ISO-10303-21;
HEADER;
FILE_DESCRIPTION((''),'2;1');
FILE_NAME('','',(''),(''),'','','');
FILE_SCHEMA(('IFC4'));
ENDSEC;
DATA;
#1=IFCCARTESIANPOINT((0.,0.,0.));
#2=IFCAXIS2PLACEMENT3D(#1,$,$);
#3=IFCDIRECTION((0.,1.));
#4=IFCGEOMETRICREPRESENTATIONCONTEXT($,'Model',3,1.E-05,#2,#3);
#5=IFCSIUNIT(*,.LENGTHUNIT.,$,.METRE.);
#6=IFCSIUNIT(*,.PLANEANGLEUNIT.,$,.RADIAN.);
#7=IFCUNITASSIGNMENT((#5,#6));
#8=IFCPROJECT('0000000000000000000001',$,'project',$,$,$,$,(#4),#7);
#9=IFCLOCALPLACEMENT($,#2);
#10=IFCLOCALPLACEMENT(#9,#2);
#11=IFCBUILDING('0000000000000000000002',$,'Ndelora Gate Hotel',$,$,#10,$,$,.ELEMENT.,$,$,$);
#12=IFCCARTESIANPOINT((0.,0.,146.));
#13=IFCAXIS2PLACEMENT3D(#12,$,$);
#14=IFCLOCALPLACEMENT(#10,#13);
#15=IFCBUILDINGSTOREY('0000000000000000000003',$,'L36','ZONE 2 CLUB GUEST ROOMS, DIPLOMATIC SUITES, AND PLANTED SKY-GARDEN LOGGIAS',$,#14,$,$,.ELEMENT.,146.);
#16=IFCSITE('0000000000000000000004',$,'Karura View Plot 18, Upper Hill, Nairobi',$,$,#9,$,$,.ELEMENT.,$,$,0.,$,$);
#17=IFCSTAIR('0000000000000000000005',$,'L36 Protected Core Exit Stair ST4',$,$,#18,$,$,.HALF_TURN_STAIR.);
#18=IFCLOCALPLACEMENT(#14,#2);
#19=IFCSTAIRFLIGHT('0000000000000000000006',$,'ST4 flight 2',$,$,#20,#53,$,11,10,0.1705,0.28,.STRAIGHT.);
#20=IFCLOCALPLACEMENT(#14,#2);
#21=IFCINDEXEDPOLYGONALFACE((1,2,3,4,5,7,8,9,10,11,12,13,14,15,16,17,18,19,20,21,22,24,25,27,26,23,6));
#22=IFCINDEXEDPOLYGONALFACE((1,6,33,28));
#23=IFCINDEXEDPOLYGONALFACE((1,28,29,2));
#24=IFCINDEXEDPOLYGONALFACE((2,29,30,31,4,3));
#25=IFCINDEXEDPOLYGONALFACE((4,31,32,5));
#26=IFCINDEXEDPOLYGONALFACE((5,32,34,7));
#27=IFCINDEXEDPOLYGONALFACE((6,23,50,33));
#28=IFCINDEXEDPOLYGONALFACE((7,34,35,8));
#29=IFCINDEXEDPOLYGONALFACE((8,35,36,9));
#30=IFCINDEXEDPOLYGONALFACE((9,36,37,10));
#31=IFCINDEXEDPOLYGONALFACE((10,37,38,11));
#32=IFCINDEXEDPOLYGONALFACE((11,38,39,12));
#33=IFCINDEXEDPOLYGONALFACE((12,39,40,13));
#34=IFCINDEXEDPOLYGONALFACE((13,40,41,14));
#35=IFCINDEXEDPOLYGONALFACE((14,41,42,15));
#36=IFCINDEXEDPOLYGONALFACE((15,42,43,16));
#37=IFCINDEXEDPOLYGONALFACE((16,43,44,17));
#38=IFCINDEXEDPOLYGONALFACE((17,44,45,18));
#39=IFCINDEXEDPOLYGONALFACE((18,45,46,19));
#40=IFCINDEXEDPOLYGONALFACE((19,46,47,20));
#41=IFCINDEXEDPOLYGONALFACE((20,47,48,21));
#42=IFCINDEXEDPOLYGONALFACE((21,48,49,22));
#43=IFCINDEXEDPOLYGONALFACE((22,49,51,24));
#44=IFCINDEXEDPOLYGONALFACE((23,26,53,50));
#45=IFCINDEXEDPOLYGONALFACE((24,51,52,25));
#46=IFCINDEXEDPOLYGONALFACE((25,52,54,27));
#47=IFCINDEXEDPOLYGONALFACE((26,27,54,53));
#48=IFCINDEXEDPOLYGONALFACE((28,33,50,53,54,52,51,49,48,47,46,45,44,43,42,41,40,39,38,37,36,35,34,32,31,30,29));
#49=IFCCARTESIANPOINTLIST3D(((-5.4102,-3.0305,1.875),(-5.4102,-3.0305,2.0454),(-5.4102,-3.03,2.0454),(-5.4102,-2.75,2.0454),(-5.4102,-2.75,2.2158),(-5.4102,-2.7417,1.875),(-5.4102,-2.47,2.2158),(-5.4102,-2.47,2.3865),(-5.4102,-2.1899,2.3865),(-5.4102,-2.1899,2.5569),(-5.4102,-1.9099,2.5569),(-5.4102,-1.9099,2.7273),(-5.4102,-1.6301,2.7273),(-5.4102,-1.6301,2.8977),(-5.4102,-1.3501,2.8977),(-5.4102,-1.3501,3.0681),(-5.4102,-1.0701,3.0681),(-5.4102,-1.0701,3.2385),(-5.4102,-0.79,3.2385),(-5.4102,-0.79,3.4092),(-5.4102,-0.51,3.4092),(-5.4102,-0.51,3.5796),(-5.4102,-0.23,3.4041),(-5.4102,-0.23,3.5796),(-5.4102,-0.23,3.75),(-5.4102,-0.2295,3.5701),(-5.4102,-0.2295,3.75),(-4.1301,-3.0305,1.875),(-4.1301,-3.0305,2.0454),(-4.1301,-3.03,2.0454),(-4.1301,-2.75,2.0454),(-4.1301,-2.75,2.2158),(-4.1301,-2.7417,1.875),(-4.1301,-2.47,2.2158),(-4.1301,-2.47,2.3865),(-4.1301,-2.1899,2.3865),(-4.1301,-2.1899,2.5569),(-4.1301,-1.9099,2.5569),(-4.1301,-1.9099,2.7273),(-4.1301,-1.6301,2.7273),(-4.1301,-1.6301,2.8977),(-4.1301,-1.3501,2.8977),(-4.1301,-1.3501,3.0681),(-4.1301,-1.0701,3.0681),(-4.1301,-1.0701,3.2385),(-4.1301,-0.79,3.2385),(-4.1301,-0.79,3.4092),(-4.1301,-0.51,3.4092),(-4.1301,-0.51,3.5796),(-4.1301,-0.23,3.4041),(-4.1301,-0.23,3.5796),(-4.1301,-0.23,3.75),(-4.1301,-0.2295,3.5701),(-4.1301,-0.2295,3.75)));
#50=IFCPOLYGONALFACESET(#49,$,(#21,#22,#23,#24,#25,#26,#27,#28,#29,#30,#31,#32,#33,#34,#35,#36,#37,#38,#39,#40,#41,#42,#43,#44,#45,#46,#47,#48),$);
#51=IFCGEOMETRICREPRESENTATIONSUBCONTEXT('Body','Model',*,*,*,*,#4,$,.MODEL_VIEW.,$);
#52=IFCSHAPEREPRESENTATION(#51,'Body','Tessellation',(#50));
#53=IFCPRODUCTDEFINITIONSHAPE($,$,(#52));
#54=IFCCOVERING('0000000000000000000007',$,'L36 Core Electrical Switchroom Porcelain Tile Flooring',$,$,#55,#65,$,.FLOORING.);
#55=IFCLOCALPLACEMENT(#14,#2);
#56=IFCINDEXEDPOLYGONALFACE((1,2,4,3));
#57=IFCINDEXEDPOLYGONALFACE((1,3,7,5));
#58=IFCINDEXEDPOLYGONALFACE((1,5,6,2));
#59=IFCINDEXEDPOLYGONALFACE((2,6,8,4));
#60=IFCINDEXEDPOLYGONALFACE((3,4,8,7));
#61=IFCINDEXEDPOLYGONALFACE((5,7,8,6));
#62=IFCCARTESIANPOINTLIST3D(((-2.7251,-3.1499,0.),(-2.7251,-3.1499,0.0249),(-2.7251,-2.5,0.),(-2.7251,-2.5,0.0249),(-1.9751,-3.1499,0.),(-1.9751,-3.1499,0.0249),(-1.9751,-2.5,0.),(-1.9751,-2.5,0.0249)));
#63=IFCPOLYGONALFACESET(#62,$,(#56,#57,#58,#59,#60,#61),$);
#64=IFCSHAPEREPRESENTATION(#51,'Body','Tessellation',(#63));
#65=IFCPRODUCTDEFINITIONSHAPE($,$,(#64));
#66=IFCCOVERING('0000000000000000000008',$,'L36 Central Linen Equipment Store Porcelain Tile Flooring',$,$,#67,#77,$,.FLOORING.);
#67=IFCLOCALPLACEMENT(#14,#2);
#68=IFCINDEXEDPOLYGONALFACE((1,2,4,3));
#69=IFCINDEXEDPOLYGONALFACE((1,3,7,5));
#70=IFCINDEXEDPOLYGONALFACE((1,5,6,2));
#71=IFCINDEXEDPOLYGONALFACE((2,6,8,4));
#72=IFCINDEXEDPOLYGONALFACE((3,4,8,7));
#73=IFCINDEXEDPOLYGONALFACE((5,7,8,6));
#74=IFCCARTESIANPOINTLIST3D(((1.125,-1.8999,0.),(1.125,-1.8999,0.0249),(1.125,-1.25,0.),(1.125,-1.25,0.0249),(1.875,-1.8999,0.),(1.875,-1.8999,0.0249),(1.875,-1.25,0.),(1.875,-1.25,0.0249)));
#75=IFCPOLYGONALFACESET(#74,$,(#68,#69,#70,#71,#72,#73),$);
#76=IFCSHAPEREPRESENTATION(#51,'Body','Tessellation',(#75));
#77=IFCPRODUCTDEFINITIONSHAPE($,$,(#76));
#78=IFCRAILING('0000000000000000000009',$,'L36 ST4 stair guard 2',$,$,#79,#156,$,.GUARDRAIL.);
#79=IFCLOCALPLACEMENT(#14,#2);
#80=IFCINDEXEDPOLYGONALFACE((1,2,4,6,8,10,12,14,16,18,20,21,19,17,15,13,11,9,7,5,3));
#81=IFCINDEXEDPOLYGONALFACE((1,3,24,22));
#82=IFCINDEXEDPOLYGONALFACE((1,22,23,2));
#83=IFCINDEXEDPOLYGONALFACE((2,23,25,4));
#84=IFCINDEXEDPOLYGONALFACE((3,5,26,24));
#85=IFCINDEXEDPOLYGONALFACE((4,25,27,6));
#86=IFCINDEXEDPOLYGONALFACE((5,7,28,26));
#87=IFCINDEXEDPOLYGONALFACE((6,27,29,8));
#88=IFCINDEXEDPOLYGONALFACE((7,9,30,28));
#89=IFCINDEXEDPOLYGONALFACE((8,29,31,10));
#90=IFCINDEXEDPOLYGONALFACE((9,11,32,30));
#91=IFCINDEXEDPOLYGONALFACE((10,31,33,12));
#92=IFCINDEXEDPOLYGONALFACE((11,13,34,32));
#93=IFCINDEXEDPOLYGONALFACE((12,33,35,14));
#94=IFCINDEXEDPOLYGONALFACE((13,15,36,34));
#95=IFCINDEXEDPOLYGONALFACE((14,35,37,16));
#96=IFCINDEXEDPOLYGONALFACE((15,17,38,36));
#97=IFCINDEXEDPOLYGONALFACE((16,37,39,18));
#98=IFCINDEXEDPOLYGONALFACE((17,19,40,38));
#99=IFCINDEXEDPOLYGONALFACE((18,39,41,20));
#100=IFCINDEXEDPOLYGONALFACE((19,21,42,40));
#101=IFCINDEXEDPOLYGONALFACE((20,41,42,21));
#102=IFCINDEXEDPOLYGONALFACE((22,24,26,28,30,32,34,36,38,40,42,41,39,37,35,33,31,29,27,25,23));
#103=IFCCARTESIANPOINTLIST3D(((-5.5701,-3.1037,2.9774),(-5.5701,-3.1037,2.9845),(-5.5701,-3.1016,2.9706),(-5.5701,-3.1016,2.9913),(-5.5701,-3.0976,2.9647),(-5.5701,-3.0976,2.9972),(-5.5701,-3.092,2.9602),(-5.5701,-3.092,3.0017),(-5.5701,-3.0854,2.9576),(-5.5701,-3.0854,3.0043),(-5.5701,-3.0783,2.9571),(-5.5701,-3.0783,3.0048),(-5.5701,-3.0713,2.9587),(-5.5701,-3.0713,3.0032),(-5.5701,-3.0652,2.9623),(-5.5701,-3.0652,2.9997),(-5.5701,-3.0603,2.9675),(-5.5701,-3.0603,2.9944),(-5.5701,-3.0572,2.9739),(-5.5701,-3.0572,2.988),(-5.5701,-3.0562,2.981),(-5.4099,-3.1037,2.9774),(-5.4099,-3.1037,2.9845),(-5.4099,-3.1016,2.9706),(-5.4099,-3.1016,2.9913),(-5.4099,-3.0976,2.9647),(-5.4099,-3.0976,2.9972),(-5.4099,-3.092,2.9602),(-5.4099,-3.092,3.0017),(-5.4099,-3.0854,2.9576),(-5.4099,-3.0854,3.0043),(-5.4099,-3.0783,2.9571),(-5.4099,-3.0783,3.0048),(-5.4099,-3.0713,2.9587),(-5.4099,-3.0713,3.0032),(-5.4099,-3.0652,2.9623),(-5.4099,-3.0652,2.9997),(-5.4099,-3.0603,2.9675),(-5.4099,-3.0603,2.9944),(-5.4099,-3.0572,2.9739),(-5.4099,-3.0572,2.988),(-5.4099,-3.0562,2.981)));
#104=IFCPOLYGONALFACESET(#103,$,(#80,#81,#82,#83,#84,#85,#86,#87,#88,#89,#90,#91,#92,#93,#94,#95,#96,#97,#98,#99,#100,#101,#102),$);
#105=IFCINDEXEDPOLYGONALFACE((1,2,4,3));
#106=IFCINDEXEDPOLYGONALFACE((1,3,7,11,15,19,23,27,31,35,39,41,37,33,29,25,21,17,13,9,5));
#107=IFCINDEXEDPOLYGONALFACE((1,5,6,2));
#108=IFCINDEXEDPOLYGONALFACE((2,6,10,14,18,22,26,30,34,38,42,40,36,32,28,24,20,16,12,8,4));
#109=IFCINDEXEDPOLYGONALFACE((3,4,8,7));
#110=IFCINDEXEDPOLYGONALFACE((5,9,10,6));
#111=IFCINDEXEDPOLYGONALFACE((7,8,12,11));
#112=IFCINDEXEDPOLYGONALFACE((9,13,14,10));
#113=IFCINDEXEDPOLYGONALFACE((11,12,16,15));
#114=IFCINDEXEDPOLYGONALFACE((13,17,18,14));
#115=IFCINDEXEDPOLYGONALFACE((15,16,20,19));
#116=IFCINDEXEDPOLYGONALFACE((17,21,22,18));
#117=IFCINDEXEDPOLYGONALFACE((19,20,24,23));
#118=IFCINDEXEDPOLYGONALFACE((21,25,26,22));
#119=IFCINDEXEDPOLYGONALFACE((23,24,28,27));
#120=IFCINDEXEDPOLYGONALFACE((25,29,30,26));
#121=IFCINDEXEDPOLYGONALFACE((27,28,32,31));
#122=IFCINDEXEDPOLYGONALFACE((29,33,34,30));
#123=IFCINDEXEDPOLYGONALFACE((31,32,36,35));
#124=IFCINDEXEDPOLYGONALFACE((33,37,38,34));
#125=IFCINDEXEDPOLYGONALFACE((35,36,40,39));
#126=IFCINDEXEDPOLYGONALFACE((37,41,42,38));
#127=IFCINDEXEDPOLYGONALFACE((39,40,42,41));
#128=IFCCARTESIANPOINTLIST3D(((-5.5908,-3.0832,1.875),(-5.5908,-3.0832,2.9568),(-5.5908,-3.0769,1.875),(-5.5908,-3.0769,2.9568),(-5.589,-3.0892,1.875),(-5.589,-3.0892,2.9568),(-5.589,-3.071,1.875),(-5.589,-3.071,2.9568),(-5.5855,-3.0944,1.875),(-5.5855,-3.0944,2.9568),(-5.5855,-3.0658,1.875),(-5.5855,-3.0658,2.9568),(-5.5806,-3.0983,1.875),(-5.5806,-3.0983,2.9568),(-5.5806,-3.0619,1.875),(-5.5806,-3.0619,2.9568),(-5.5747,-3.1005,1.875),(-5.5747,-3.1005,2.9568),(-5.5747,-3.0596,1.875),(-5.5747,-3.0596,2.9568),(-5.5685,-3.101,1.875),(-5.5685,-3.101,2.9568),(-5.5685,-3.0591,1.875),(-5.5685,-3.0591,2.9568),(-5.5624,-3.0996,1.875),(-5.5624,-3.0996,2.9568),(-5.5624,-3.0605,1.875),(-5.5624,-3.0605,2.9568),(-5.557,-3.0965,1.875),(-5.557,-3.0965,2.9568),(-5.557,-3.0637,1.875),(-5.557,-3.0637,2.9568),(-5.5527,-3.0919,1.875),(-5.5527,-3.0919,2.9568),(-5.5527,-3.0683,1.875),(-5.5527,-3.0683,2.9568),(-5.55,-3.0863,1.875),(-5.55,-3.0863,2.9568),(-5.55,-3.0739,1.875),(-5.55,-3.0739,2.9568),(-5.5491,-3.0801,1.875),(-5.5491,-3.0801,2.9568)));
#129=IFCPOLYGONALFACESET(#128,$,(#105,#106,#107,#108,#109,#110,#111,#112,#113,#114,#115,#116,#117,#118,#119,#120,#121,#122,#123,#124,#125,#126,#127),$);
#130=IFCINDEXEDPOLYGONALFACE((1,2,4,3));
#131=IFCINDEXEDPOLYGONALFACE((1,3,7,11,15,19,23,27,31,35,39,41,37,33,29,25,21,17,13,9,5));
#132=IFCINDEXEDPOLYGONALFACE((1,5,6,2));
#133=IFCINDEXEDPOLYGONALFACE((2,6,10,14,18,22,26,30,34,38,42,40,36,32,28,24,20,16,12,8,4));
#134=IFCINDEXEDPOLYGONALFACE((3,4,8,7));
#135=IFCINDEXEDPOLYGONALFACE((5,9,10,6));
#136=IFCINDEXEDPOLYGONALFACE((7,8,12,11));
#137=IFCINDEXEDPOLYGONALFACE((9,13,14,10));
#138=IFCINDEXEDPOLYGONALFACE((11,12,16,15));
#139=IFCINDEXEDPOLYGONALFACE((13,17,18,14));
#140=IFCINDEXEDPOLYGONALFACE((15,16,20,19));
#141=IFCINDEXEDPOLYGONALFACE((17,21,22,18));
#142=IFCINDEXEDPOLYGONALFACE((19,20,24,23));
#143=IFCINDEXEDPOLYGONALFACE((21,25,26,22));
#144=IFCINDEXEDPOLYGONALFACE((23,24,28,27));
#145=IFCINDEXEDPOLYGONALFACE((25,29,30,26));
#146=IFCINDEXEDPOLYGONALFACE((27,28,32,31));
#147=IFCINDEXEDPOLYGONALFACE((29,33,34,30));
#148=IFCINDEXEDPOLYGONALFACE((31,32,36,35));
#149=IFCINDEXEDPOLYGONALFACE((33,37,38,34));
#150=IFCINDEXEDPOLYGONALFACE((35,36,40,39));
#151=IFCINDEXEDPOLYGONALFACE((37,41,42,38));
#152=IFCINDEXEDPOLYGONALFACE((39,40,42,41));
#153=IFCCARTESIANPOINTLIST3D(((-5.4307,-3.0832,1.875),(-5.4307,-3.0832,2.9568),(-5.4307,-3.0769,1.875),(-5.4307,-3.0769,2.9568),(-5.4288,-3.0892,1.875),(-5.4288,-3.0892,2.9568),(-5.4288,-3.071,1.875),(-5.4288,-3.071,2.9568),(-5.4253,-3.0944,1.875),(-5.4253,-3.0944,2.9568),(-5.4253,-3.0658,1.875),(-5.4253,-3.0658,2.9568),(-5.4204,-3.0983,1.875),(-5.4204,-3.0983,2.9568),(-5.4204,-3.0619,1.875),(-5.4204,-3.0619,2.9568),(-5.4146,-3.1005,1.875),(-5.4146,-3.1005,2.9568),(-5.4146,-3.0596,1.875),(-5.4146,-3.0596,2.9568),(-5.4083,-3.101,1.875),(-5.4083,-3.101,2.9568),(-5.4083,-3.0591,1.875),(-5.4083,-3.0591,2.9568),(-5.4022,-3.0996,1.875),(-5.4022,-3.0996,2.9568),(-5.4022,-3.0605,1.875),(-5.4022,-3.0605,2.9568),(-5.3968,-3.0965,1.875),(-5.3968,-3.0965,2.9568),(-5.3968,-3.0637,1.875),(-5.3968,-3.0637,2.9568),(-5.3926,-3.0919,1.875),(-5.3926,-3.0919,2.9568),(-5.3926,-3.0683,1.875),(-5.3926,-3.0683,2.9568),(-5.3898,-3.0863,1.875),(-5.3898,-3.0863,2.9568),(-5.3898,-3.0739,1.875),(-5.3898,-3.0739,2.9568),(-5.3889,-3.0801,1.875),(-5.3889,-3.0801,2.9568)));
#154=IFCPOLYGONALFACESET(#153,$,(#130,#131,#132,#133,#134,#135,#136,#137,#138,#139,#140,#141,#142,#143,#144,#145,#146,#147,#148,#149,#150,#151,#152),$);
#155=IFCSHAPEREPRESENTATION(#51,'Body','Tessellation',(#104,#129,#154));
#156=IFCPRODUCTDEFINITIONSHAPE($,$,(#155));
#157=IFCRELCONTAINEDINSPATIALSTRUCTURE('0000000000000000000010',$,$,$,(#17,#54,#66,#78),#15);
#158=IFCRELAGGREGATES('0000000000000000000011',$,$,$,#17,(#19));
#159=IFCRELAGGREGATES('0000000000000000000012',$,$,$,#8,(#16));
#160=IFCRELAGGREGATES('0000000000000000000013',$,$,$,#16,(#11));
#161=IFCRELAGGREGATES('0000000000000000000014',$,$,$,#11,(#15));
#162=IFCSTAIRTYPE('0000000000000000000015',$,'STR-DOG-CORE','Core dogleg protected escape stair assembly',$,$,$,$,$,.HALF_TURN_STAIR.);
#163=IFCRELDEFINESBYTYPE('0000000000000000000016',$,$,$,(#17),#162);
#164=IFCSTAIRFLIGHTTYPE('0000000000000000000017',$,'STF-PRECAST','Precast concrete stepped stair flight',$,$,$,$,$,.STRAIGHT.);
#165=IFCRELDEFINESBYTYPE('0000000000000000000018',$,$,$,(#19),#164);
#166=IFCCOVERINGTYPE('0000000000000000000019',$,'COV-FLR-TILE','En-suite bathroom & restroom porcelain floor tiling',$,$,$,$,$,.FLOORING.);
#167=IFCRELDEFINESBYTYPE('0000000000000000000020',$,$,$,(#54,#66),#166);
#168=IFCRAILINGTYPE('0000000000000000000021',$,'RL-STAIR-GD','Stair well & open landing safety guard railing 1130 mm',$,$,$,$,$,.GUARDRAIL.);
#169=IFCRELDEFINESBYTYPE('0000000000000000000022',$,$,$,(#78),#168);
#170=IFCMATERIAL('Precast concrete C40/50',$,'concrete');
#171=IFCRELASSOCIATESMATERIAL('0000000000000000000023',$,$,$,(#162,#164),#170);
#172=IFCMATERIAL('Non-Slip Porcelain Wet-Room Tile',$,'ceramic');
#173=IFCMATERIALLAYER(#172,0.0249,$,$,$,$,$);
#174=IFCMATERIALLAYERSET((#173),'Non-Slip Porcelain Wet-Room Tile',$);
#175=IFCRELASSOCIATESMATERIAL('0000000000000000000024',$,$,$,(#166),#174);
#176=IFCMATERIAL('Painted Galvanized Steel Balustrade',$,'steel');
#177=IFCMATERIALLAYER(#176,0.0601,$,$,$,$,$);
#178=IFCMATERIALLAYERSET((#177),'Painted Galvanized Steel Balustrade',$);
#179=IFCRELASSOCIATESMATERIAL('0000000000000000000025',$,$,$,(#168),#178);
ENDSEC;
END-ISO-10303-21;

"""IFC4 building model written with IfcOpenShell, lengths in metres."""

from ifc_helpers import new_model, si_unit, direction, frame, origin, origin_2d, place, context, subcontext, project, spatial, polyline, rectangle, circle, outline, extrude, material, layer, layer_set, type_object, element, aggregate, save


model = new_model("IFC4")

# Units and contexts
model_context = context("Model", 3, precision=1e-05, world=origin(), true_north=direction((0.0, 1.0)))
body_context = subcontext(model_context, "Body", "Model", "MODEL_VIEW")
ifc_project = project(units=[si_unit("LENGTHUNIT", "METRE"), si_unit("PLANEANGLEUNIT", "RADIAN")], contexts=[model_context])

# Site, building, storey
site_placement = place(None, origin())
site = spatial("IfcSite", under=ifc_project, at=site_placement, Name="Karura View Plot 18, Upper Hill, Nairobi", CompositionType="ELEMENT", RefElevation=0.0)
building_placement = place(site_placement, origin())
building = spatial("IfcBuilding", under=site, at=building_placement, Name="Ndelora Gate Hotel", CompositionType="ELEMENT")
storey_placement = place(building_placement, frame((0.0, 0.0, 146.0)))
storey = spatial("IfcBuildingStorey", under=building, at=storey_placement, Name="L36", Description="ZONE 2 CLUB GUEST ROOMS, DIPLOMATIC SUITES, AND PLANTED SKY-GARDEN LOGGIAS", CompositionType="ELEMENT", Elevation=146.0)

# Stair, stair flight
ifc_material_1 = material(Name="Precast concrete C40/50", Category="concrete")
stair_type = type_object("IfcStairType", Name="STR-DOG-CORE", Description="Core dogleg protected escape stair assembly", PredefinedType="HALF_TURN_STAIR", material=ifc_material_1)
stair_placement = place(storey_placement, origin())
stair = element("IfcStair", 1, at=stair_placement, inside=storey, type_object=stair_type, Name="L36 Protected Core Exit Stair ST4", PredefinedType="HALF_TURN_STAIR")
stair_flight_type = type_object("IfcStairFlightType", Name="STF-PRECAST", Description="Precast concrete stepped stair flight", PredefinedType="STRAIGHT", material=ifc_material_1)
stair_flight_placement = place(storey_placement, frame((-4.77, -3.03, 1.875), z_axis=(0.0, 0.0, 1.0), x_axis=(0.0, 1.0, 0.0)))
stair_flight = element("IfcStairFlight", 2, at=stair_flight_placement, type_object=stair_flight_type, Name="ST4 flight 2", NumberOfRisers=11, NumberOfTreads=10, PredefinedType="STRAIGHT", RiserHeight=0.1705, TreadLength=0.28, context=body_context, shape_type="SweptSolid", body=[
    extrude(outline(polyline([(-0.0005, 0.0), (-0.0005, 0.1704), (0.0, 0.1704), (0.28, 0.1704), (0.28, 0.3408), (0.5601, 0.3408), (0.5601, 0.5115), (0.8401, 0.5115), (0.8401, 0.6819), (1.1201, 0.6819), (1.1201, 0.8523), (1.3999, 0.8523), (1.3999, 1.0227), (1.6799, 1.0227), (1.6799, 1.1931), (1.96, 1.1931), (1.96, 1.3635), (2.24, 1.3635), (2.24, 1.5342), (2.52, 1.5342), (2.52, 1.7046), (2.8, 1.7046), (2.8, 1.875), (2.8005, 1.875), (2.8005, 1.6951), (2.8, 1.5291), (0.2883, 0.0), (-0.0005, 0.0)])), frame((0.0, 0.6401, 0.0), z_axis=(0.0, -1.0, 0.0), x_axis=(1.0, 0.0, 0.0)), (0.0, 0.0, 1.0), 1.28),
])
aggregate(stair, [stair_flight])

# Coverings
ifc_material_2 = material(Name="Non-Slip Porcelain Wet-Room Tile", Category="ceramic")
ifc_layer_1 = layer(ifc_material_2, 0.0249)
ifc_layer_set_1 = layer_set([ifc_layer_1], Name="Non-Slip Porcelain Wet-Room Tile")
covering_type = type_object("IfcCoveringType", Name="COV-FLR-TILE", Description="En-suite bathroom & restroom porcelain floor tiling", PredefinedType="FLOORING", material=ifc_layer_set_1)
for number, where, z_axis, x_axis, name in (
    (3, (-2.3501, -2.825, 0.0), (0.0, 0.0, 1.0), (1.0, 0.0, 0.0), "L36 Core Electrical Switchroom Porcelain Tile Flooring"),
    (4, (1.5, -1.575, 0.0), (0.0, 0.0, 1.0), (1.0, 0.0, 0.0), "L36 Central Linen Equipment Store Porcelain Tile Flooring"),
):
    element("IfcCovering", number, at=place(storey_placement, frame(where, z_axis=z_axis, x_axis=x_axis)), inside=storey, type_object=covering_type, Name=name, PredefinedType="FLOORING", context=body_context, shape_type="SweptSolid", body=[
        extrude(rectangle(XDim=0.75, YDim=0.6499, at=origin_2d()), origin(), (0.0, 0.0, 1.0), 0.0249),
    ])

# Railing
ifc_material_3 = material(Name="Painted Galvanized Steel Balustrade", Category="steel")
ifc_layer_2 = layer(ifc_material_3, 0.0601)
ifc_layer_set_2 = layer_set([ifc_layer_2], Name="Painted Galvanized Steel Balustrade")
railing_type_1 = type_object("IfcRailingType", Name="RL-STAIR-GD", Description="Stair well & open landing safety guard railing 1130 mm", PredefinedType="GUARDRAIL", material=ifc_layer_set_2)
railing_1_placement = place(storey_placement, frame((-5.5701, -3.0801, 1.875)))
element("IfcRailing", 5, at=railing_1_placement, inside=storey, type_object=railing_type_1, Name="L36 ST4 stair guard 2", PredefinedType="GUARDRAIL", context=body_context, shape_type="SweptSolid", body=[
    extrude(circle(Radius=0.0239, at=origin_2d()), frame((0.0, 0.0, 1.106), z_axis=(1.0, 0.0, 0.0), x_axis=(0.0, 1.0, 0.0)), (0.0, 0.0, 1.0), 0.1602),
    extrude(circle(Radius=0.021, at=origin_2d()), origin(), (0.0, 0.0, 1.0), 1.0818),
    extrude(circle(Radius=0.021, at=origin_2d()), frame((0.1602, 0.0, 0.0)), (0.0, 0.0, 1.0), 1.0818),
])

save(model, "model.ifc")
